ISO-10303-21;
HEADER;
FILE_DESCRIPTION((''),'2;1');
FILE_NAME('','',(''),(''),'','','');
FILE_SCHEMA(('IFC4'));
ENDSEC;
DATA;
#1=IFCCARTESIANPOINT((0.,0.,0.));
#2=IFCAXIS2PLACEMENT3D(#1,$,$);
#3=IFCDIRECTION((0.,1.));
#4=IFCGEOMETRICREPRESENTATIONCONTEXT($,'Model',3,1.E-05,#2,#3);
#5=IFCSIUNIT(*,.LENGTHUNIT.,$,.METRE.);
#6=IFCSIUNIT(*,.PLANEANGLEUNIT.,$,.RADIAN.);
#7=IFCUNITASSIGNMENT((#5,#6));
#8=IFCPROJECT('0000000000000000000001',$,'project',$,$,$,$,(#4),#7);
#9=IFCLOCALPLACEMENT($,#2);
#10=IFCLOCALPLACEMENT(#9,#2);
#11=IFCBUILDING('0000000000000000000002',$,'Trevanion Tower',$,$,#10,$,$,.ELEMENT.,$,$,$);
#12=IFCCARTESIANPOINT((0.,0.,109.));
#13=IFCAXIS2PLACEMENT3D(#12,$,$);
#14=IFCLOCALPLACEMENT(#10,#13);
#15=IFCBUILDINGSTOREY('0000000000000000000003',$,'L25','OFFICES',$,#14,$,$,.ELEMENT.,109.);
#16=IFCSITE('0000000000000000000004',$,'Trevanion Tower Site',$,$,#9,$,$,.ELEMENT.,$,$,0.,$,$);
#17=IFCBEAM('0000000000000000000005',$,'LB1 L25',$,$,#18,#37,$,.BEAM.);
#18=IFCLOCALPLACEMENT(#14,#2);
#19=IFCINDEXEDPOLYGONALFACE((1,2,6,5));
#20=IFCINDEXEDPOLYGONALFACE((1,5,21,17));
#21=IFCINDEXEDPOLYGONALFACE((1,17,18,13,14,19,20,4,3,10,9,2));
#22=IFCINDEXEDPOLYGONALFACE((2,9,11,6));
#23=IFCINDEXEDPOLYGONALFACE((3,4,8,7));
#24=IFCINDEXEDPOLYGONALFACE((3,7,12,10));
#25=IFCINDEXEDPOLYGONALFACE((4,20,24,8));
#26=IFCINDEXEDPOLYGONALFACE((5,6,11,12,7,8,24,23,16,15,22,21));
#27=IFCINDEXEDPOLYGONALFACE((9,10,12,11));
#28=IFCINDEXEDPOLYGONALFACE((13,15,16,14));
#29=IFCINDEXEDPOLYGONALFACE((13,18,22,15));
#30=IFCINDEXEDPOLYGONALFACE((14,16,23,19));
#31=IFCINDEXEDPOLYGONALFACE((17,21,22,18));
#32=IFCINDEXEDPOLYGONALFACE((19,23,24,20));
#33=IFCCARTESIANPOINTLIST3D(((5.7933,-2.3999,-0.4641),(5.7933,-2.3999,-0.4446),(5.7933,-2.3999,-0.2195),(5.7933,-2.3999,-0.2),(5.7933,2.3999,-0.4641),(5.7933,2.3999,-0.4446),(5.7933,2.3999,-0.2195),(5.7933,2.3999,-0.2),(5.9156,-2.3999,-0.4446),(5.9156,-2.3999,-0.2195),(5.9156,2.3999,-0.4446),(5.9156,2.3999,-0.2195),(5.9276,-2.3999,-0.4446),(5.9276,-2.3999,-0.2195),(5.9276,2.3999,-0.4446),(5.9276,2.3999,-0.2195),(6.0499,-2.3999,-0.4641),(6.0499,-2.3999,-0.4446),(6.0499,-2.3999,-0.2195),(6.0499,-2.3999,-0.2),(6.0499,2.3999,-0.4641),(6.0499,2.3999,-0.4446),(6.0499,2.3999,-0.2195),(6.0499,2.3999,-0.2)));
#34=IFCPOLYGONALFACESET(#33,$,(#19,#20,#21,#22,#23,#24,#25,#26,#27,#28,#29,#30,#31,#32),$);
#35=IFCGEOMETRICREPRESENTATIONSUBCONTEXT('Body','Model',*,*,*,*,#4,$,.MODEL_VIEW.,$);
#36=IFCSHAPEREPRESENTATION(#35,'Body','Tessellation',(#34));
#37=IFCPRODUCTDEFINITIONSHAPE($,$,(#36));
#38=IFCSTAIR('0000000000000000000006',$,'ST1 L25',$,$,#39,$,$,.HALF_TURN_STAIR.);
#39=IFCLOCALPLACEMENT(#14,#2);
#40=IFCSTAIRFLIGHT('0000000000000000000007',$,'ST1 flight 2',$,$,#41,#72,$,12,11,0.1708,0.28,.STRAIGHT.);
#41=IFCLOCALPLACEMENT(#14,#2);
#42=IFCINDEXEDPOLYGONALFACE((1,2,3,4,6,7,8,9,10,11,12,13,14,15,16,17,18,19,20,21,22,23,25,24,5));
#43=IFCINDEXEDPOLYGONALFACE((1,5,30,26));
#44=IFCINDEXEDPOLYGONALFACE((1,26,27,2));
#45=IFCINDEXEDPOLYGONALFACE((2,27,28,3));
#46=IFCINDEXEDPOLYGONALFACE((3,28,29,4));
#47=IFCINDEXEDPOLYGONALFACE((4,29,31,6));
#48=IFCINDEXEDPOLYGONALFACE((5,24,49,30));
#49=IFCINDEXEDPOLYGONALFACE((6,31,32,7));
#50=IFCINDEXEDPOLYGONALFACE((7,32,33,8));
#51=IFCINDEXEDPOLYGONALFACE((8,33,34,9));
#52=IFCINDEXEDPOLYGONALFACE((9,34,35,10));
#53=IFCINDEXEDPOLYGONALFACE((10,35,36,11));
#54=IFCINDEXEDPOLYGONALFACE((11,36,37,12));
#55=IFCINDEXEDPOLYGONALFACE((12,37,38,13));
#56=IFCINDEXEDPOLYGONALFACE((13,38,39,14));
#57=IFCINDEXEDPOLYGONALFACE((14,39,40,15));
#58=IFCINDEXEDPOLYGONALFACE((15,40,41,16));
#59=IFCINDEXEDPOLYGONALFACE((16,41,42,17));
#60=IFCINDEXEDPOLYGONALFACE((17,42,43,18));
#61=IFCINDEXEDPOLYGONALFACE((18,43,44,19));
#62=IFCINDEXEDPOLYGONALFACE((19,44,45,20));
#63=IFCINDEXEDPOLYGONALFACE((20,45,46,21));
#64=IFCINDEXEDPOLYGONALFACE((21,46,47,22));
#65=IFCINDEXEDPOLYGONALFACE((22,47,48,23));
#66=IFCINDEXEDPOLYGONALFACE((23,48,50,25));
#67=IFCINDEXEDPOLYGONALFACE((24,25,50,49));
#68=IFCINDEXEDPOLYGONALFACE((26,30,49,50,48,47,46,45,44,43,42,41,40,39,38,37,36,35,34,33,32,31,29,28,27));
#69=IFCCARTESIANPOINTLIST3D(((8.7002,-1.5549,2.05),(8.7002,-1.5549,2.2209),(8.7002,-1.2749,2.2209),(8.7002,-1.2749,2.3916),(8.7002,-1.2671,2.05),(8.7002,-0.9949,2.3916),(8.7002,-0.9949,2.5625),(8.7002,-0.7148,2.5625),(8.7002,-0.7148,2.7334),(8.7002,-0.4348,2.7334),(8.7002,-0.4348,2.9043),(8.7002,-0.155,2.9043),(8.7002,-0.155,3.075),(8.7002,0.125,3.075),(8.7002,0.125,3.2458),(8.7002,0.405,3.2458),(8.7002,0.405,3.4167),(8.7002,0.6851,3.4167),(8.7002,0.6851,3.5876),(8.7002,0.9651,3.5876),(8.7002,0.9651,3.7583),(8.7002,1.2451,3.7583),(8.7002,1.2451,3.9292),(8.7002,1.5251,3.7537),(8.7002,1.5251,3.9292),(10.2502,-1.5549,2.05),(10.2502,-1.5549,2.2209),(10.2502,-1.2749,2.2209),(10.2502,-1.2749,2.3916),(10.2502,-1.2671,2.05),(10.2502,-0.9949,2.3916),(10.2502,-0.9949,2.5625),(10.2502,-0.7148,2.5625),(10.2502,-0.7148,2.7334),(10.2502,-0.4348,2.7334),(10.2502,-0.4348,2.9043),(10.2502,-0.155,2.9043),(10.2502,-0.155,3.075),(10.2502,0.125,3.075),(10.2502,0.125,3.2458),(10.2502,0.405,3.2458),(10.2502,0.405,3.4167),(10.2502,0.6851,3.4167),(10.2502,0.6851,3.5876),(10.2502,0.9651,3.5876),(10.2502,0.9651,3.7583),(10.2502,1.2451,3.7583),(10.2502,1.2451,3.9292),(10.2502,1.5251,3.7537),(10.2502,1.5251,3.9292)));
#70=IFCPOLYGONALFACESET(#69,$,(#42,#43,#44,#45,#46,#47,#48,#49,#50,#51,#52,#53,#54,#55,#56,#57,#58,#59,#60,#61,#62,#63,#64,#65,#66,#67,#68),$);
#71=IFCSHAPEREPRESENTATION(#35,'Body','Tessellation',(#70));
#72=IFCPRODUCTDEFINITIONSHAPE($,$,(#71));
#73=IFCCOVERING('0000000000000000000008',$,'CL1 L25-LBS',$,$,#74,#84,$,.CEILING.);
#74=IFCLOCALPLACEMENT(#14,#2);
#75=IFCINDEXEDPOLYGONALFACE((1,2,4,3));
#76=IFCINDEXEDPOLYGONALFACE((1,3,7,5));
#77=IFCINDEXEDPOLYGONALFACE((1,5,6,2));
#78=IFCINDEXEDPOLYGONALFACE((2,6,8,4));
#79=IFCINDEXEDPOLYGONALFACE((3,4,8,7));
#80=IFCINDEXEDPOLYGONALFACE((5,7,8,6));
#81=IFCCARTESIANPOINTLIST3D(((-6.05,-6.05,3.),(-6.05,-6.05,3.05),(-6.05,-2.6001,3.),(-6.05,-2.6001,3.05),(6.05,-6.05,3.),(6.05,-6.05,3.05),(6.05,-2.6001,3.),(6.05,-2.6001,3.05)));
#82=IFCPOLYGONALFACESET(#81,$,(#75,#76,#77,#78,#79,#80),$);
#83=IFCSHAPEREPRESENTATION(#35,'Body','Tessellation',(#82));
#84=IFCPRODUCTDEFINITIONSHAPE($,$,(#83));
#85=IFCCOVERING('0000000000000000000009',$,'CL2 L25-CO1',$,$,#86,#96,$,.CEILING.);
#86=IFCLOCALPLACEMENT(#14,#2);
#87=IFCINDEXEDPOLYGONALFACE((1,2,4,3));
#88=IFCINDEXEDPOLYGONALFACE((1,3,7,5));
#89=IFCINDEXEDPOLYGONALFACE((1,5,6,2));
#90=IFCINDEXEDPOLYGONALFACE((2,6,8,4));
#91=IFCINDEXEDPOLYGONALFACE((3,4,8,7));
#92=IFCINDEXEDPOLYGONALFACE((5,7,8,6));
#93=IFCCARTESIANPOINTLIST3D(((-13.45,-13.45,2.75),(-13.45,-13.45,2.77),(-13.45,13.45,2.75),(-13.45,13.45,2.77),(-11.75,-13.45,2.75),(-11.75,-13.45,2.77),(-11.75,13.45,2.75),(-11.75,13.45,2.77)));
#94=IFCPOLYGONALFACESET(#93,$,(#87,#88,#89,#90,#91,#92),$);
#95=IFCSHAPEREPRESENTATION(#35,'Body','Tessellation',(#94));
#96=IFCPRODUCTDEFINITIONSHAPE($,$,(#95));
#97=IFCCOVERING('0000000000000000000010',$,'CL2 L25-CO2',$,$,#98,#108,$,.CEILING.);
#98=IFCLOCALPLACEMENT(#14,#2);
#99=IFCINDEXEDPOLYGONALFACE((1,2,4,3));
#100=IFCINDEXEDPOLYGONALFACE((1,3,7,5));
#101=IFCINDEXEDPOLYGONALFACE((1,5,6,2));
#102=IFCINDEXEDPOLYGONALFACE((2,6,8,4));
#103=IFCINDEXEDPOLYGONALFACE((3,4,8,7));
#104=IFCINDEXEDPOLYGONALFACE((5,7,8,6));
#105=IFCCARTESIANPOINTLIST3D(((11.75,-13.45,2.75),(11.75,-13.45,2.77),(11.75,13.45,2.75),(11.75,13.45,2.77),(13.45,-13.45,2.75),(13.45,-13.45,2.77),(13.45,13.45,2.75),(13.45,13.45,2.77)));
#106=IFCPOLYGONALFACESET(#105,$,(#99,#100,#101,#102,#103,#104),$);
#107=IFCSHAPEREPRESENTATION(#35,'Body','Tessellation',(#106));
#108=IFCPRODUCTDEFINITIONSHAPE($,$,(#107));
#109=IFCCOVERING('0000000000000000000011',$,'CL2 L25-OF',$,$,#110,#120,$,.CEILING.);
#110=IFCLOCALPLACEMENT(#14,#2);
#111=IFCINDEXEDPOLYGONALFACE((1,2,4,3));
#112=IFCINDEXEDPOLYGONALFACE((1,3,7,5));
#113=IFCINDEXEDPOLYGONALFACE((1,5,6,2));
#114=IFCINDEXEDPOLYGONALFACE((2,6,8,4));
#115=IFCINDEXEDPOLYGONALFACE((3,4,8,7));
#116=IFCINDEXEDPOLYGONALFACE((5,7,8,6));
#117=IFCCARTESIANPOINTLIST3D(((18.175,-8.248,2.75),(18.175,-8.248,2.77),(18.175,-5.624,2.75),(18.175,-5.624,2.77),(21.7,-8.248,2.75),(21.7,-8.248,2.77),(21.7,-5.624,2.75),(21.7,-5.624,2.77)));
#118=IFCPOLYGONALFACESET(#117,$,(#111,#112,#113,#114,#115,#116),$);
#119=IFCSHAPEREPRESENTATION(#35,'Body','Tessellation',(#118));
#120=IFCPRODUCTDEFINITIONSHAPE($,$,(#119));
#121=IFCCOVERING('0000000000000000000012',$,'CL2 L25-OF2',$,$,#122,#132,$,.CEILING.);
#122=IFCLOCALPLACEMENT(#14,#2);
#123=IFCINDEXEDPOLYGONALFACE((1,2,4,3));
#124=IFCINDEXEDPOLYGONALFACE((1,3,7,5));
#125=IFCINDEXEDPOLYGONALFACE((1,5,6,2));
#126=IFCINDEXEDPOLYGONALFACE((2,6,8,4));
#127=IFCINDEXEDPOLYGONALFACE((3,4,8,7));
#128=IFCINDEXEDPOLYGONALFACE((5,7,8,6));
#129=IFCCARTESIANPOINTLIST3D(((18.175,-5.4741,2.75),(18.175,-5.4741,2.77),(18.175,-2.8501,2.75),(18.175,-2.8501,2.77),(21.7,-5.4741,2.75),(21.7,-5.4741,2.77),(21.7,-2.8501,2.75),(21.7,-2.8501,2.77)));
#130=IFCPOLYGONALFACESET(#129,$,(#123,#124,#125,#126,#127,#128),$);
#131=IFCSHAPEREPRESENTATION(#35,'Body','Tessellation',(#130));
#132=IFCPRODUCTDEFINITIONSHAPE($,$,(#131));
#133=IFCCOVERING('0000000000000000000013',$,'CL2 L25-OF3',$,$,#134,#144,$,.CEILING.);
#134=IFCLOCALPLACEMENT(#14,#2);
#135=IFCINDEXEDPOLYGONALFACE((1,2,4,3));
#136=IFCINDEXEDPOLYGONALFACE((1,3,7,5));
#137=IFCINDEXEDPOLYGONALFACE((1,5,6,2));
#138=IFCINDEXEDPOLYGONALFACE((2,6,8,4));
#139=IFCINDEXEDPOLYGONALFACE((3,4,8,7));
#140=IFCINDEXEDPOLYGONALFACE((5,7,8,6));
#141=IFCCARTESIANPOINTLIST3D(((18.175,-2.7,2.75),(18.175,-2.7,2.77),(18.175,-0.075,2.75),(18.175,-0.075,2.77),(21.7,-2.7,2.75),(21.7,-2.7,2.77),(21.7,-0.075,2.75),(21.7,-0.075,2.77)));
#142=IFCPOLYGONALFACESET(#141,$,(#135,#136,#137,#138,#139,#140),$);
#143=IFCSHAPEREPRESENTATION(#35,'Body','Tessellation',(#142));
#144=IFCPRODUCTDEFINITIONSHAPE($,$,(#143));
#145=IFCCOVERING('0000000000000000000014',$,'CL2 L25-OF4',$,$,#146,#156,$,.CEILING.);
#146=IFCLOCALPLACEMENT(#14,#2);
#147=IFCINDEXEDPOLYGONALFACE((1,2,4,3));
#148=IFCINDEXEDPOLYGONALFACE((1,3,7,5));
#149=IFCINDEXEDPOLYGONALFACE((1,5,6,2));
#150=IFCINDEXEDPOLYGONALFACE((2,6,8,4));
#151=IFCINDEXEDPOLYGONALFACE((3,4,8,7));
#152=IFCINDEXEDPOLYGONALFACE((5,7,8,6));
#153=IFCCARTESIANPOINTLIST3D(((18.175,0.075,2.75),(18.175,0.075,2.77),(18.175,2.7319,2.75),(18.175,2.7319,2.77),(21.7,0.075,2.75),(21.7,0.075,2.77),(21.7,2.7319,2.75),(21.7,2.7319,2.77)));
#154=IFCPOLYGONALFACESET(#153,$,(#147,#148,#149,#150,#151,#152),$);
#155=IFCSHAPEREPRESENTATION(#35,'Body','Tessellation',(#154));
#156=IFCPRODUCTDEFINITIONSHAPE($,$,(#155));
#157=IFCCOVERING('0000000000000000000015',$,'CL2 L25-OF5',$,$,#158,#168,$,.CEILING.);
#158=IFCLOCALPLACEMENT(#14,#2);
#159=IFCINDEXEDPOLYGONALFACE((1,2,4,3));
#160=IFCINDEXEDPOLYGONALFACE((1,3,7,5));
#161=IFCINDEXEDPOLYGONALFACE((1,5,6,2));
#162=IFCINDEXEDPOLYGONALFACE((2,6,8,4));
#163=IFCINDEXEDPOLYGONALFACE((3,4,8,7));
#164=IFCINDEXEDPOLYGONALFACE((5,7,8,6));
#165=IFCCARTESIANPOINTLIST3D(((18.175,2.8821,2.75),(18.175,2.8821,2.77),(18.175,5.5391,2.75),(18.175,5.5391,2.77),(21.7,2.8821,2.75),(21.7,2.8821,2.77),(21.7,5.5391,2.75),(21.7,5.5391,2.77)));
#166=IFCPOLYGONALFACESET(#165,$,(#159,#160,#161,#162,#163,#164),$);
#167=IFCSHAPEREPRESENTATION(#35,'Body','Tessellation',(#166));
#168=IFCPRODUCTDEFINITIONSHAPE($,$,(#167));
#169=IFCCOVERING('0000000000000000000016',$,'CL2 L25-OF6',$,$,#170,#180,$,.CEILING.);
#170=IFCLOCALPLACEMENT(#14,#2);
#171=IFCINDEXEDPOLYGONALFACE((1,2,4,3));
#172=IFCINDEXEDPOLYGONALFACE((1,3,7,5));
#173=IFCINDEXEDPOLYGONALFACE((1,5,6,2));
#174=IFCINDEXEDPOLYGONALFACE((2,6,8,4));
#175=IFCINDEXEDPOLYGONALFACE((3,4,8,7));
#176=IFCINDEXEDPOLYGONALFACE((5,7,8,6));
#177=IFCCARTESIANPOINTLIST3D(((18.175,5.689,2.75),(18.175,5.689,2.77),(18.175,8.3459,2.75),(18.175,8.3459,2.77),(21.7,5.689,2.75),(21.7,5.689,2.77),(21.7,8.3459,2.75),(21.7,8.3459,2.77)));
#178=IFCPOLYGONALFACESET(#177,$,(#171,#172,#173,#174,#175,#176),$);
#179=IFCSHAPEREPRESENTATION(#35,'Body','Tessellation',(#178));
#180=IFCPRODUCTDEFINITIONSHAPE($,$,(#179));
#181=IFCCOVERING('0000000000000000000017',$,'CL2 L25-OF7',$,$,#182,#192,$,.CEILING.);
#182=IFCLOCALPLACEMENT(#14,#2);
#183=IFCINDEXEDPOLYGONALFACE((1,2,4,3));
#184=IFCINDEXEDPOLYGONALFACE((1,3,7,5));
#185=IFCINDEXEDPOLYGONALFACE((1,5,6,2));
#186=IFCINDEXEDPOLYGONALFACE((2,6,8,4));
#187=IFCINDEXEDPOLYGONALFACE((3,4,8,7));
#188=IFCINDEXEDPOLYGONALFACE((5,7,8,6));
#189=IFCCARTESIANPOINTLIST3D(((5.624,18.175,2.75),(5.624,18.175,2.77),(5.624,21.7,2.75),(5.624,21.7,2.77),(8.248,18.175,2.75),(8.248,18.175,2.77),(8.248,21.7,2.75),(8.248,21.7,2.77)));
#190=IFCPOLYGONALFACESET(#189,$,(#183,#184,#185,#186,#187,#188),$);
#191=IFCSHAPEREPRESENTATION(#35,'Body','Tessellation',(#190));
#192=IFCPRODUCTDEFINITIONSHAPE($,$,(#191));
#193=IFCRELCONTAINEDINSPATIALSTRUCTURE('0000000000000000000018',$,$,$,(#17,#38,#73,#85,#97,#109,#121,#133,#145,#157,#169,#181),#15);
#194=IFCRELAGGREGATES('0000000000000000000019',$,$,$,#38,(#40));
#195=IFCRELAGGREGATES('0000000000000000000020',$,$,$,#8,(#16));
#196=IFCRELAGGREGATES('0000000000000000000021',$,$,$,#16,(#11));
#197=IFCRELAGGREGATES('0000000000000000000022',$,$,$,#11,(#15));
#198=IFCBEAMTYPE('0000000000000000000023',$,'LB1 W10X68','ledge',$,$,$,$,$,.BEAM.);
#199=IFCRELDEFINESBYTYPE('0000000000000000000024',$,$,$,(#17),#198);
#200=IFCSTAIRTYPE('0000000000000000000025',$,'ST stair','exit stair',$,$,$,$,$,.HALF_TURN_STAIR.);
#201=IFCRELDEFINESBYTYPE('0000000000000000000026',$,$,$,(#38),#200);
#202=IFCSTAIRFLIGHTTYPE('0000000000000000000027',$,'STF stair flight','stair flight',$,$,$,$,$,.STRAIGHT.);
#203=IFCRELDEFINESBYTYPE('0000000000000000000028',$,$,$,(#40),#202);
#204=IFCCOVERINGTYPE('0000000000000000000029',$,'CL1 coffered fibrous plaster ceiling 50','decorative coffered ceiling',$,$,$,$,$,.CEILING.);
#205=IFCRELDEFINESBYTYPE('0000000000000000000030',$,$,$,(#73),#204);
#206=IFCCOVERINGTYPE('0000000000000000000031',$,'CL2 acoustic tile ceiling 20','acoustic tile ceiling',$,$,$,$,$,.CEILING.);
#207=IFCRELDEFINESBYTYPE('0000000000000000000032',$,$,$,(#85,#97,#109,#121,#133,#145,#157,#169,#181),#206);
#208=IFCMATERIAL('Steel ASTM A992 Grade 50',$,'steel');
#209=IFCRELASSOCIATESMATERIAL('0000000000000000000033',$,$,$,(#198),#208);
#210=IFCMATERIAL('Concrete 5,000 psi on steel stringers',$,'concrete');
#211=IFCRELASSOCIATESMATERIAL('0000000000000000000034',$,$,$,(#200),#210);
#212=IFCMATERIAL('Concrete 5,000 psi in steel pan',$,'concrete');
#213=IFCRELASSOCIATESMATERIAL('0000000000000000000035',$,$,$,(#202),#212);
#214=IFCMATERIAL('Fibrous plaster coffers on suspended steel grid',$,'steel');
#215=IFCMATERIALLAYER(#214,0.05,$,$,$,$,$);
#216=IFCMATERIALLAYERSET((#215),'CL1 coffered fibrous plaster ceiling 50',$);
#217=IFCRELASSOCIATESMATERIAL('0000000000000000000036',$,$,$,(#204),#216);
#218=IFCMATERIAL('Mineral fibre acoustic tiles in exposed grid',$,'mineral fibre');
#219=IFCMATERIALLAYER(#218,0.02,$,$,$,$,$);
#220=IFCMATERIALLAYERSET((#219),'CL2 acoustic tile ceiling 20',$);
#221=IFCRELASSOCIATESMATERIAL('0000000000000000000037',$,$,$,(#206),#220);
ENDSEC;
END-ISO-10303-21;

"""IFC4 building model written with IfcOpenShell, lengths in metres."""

from ifc_helpers import new_model, si_unit, direction, frame, origin, origin_2d, place, context, subcontext, project, spatial, polyline, i_section, outline, extrude, material, layer, layer_set, material_profile, profile_set, type_object, element, aggregate, save


model = new_model("IFC4")

# Units and contexts
model_context = context("Model", 3, precision=1e-05, world=origin(), true_north=direction((0.0, 1.0)))
body_context = subcontext(model_context, "Body", "Model", "MODEL_VIEW")
ifc_project = project(units=[si_unit("LENGTHUNIT", "METRE"), si_unit("PLANEANGLEUNIT", "RADIAN")], contexts=[model_context])

# Site, building, storey
site_placement = place(None, origin())
site = spatial("IfcSite", under=ifc_project, at=site_placement, Name="Trevanion Tower Site", CompositionType="ELEMENT", RefElevation=0.0)
building_placement = place(site_placement, origin())
building = spatial("IfcBuilding", under=site, at=building_placement, Name="Trevanion Tower", CompositionType="ELEMENT")
storey_placement = place(building_placement, frame((0.0, 0.0, 109.0)))
storey = spatial("IfcBuildingStorey", under=building, at=storey_placement, Name="L25", Description="OFFICES", CompositionType="ELEMENT", Elevation=109.0)

# Beam
ifc_material_1 = material(Name="Steel ASTM A992 Grade 50", Category="steel")
ifc_material_profile = material_profile(ifc_material_1, i_section(OverallWidth=0.2566, OverallDepth=0.2642, WebThickness=0.012, FlangeThickness=0.0195, at=origin_2d()), Name="W10X68")
ifc_profile_set = profile_set([ifc_material_profile], Name="Steel ASTM A992 Grade 50")
beam_type = type_object("IfcBeamType", Name="LB1 W10X68", Description="ledge", PredefinedType="BEAM", material=ifc_profile_set)
beam_placement = place(storey_placement, frame((5.9216, -2.3999, -0.332), z_axis=(0.0, 1.0, 0.0), x_axis=(-1.0, 0.0, 0.0)))
element("IfcBeam", 1, at=beam_placement, inside=storey, type_object=beam_type, Name="LB1 L25", PredefinedType="BEAM", context=body_context, shape_type="SweptSolid", body=[
    extrude(i_section(OverallWidth=0.2566, OverallDepth=0.2642, WebThickness=0.012, FlangeThickness=0.0195, at=origin_2d()), origin(), (0.0, 0.0, 1.0), 4.7998),
])

# Stair, stair flight
ifc_material_2 = material(Name="Concrete 5,000 psi on steel stringers", Category="concrete")
stair_type = type_object("IfcStairType", Name="ST stair", Description="exit stair", PredefinedType="HALF_TURN_STAIR", material=ifc_material_2)
stair_placement = place(storey_placement, origin())
stair = element("IfcStair", 2, at=stair_placement, inside=storey, type_object=stair_type, Name="ST1 L25", PredefinedType="HALF_TURN_STAIR")
ifc_material_3 = material(Name="Concrete 5,000 psi in steel pan", Category="concrete")
stair_flight_type = type_object("IfcStairFlightType", Name="STF stair flight", Description="stair flight", PredefinedType="STRAIGHT", material=ifc_material_3)
stair_flight_placement = place(storey_placement, frame((9.4751, -1.5549, 2.05), z_axis=(0.0, 0.0, 1.0), x_axis=(0.0, 1.0, 0.0)))
stair_flight = element("IfcStairFlight", 3, at=stair_flight_placement, type_object=stair_flight_type, Name="ST1 flight 2", NumberOfRisers=12, NumberOfTreads=11, PredefinedType="STRAIGHT", RiserHeight=0.1708, TreadLength=0.28, context=body_context, shape_type="SweptSolid", body=[
    extrude(outline(polyline([(0.0, 0.0), (0.0, 0.1709), (0.28, 0.1709), (0.28, 0.3416), (0.5601, 0.3416), (0.5601, 0.5125), (0.8401, 0.5125), (0.8401, 0.6833), (1.1201, 0.6833), (1.1201, 0.8542), (1.3999, 0.8542), (1.3999, 1.0249), (1.6799, 1.0249), (1.6799, 1.1958), (1.96, 1.1958), (1.96, 1.3667), (2.24, 1.3667), (2.24, 1.5376), (2.52, 1.5376), (2.52, 1.7083), (2.8, 1.7083), (2.8, 1.8792), (3.0801, 1.8792), (3.0801, 2.05), (3.0801, 1.7036), (0.2878, 0.0), (0.0, 0.0)])), frame((0.0, 0.7749, 0.0), z_axis=(0.0, -1.0, 0.0), x_axis=(1.0, 0.0, 0.0)), (0.0, 0.0, 1.0), 1.55),
])
aggregate(stair, [stair_flight])

# Coverings
ifc_material_4 = material(Name="Fibrous plaster coffers on suspended steel grid", Category="steel")
ifc_layer_1 = layer(ifc_material_4, 0.05)
ifc_layer_set_1 = layer_set([ifc_layer_1], Name="CL1 coffered fibrous plaster ceiling 50")
covering_type_1 = type_object("IfcCoveringType", Name="CL1 coffered fibrous plaster ceiling 50", Description="decorative coffered ceiling", PredefinedType="CEILING", material=ifc_layer_set_1)
covering_1_placement = place(storey_placement, frame((0.0, 0.0, 3.0)))
element("IfcCovering", 4, at=covering_1_placement, inside=storey, type_object=covering_type_1, Name="CL1 L25-LBS", PredefinedType="CEILING", context=body_context, shape_type="SweptSolid", body=[
    extrude(outline(polyline([(6.05, -6.05), (6.05, -2.6001), (-6.05, -2.6001), (-6.05, -6.05), (6.05, -6.05)])), origin(), (0.0, 0.0, 1.0), 0.05),
])
ifc_material_5 = material(Name="Mineral fibre acoustic tiles in exposed grid", Category="mineral fibre")
ifc_layer_2 = layer(ifc_material_5, 0.02)
ifc_layer_set_2 = layer_set([ifc_layer_2], Name="CL2 acoustic tile ceiling 20")
covering_type_2 = type_object("IfcCoveringType", Name="CL2 acoustic tile ceiling 20", Description="acoustic tile ceiling", PredefinedType="CEILING", material=ifc_layer_set_2)
covering_2_placement = place(storey_placement, frame((0.0, 0.0, 2.75)))
element("IfcCovering", 5, at=covering_2_placement, inside=storey, type_object=covering_type_2, Name="CL2 L25-CO1", PredefinedType="CEILING", context=body_context, shape_type="SweptSolid", body=[
    extrude(outline(polyline([(-11.75, 13.45), (-11.75, -13.45), (-13.45, -13.45), (-13.45, 13.45), (-11.75, 13.45)])), origin(), (0.0, 0.0, 1.0), 0.02),
])
covering_3_placement = place(storey_placement, frame((0.0, 0.0, 2.75)))
element("IfcCovering", 6, at=covering_3_placement, inside=storey, type_object=covering_type_2, Name="CL2 L25-CO2", PredefinedType="CEILING", context=body_context, shape_type="SweptSolid", body=[
    extrude(outline(polyline([(11.75, 13.45), (13.45, 13.45), (13.45, -13.45), (11.75, -13.45), (11.75, 13.45)])), origin(), (0.0, 0.0, 1.0), 0.02),
])
covering_4_placement = place(storey_placement, frame((0.0, 0.0, 2.75)))
element("IfcCovering", 7, at=covering_4_placement, inside=storey, type_object=covering_type_2, Name="CL2 L25-OF", PredefinedType="CEILING", context=body_context, shape_type="SweptSolid", body=[
    extrude(outline(polyline([(18.175, -8.248), (18.175, -5.624), (21.7, -5.624), (21.7, -8.248), (18.175, -8.248)])), origin(), (0.0, 0.0, 1.0), 0.02),
])
covering_5_placement = place(storey_placement, frame((0.0, 0.0, 2.75)))
element("IfcCovering", 8, at=covering_5_placement, inside=storey, type_object=covering_type_2, Name="CL2 L25-OF2", PredefinedType="CEILING", context=body_context, shape_type="SweptSolid", body=[
    extrude(outline(polyline([(18.175, -5.4741), (18.175, -2.8501), (21.7, -2.8501), (21.7, -5.4741), (18.175, -5.4741)])), origin(), (0.0, 0.0, 1.0), 0.02),
])
covering_6_placement = place(storey_placement, frame((0.0, 0.0, 2.75)))
element("IfcCovering", 9, at=covering_6_placement, inside=storey, type_object=covering_type_2, Name="CL2 L25-OF3", PredefinedType="CEILING", context=body_context, shape_type="SweptSolid", body=[
    extrude(outline(polyline([(18.175, -2.7), (18.175, -0.075), (21.7, -0.075), (21.7, -2.7), (18.175, -2.7)])), origin(), (0.0, 0.0, 1.0), 0.02),
])
covering_7_placement = place(storey_placement, frame((0.0, 0.0, 2.75)))
element("IfcCovering", 10, at=covering_7_placement, inside=storey, type_object=covering_type_2, Name="CL2 L25-OF4", PredefinedType="CEILING", context=body_context, shape_type="SweptSolid", body=[
    extrude(outline(polyline([(18.175, 0.075), (18.175, 2.7319), (21.7, 2.7319), (21.7, 0.075), (18.175, 0.075)])), origin(), (0.0, 0.0, 1.0), 0.02),
])
covering_8_placement = place(storey_placement, frame((0.0, 0.0, 2.75)))
element("IfcCovering", 11, at=covering_8_placement, inside=storey, type_object=covering_type_2, Name="CL2 L25-OF5", PredefinedType="CEILING", context=body_context, shape_type="SweptSolid", body=[
    extrude(outline(polyline([(18.175, 2.8821), (18.175, 5.5391), (21.7, 5.5391), (21.7, 2.8821), (18.175, 2.8821)])), origin(), (0.0, 0.0, 1.0), 0.02),
])
covering_9_placement = place(storey_placement, frame((0.0, 0.0, 2.75)))
element("IfcCovering", 12, at=covering_9_placement, inside=storey, type_object=covering_type_2, Name="CL2 L25-OF6", PredefinedType="CEILING", context=body_context, shape_type="SweptSolid", body=[
    extrude(outline(polyline([(18.175, 5.689), (18.175, 8.3459), (21.7, 8.3459), (21.7, 5.689), (18.175, 5.689)])), origin(), (0.0, 0.0, 1.0), 0.02),
])
covering_10_placement = place(storey_placement, frame((0.0, 0.0, 2.75)))
element("IfcCovering", 13, at=covering_10_placement, inside=storey, type_object=covering_type_2, Name="CL2 L25-OF7", PredefinedType="CEILING", context=body_context, shape_type="SweptSolid", body=[
    extrude(outline(polyline([(8.248, 18.175), (5.624, 18.175), (5.624, 21.7), (8.248, 21.7), (8.248, 18.175)])), origin(), (0.0, 0.0, 1.0), 0.02),
])

save(model, "model.ifc")
